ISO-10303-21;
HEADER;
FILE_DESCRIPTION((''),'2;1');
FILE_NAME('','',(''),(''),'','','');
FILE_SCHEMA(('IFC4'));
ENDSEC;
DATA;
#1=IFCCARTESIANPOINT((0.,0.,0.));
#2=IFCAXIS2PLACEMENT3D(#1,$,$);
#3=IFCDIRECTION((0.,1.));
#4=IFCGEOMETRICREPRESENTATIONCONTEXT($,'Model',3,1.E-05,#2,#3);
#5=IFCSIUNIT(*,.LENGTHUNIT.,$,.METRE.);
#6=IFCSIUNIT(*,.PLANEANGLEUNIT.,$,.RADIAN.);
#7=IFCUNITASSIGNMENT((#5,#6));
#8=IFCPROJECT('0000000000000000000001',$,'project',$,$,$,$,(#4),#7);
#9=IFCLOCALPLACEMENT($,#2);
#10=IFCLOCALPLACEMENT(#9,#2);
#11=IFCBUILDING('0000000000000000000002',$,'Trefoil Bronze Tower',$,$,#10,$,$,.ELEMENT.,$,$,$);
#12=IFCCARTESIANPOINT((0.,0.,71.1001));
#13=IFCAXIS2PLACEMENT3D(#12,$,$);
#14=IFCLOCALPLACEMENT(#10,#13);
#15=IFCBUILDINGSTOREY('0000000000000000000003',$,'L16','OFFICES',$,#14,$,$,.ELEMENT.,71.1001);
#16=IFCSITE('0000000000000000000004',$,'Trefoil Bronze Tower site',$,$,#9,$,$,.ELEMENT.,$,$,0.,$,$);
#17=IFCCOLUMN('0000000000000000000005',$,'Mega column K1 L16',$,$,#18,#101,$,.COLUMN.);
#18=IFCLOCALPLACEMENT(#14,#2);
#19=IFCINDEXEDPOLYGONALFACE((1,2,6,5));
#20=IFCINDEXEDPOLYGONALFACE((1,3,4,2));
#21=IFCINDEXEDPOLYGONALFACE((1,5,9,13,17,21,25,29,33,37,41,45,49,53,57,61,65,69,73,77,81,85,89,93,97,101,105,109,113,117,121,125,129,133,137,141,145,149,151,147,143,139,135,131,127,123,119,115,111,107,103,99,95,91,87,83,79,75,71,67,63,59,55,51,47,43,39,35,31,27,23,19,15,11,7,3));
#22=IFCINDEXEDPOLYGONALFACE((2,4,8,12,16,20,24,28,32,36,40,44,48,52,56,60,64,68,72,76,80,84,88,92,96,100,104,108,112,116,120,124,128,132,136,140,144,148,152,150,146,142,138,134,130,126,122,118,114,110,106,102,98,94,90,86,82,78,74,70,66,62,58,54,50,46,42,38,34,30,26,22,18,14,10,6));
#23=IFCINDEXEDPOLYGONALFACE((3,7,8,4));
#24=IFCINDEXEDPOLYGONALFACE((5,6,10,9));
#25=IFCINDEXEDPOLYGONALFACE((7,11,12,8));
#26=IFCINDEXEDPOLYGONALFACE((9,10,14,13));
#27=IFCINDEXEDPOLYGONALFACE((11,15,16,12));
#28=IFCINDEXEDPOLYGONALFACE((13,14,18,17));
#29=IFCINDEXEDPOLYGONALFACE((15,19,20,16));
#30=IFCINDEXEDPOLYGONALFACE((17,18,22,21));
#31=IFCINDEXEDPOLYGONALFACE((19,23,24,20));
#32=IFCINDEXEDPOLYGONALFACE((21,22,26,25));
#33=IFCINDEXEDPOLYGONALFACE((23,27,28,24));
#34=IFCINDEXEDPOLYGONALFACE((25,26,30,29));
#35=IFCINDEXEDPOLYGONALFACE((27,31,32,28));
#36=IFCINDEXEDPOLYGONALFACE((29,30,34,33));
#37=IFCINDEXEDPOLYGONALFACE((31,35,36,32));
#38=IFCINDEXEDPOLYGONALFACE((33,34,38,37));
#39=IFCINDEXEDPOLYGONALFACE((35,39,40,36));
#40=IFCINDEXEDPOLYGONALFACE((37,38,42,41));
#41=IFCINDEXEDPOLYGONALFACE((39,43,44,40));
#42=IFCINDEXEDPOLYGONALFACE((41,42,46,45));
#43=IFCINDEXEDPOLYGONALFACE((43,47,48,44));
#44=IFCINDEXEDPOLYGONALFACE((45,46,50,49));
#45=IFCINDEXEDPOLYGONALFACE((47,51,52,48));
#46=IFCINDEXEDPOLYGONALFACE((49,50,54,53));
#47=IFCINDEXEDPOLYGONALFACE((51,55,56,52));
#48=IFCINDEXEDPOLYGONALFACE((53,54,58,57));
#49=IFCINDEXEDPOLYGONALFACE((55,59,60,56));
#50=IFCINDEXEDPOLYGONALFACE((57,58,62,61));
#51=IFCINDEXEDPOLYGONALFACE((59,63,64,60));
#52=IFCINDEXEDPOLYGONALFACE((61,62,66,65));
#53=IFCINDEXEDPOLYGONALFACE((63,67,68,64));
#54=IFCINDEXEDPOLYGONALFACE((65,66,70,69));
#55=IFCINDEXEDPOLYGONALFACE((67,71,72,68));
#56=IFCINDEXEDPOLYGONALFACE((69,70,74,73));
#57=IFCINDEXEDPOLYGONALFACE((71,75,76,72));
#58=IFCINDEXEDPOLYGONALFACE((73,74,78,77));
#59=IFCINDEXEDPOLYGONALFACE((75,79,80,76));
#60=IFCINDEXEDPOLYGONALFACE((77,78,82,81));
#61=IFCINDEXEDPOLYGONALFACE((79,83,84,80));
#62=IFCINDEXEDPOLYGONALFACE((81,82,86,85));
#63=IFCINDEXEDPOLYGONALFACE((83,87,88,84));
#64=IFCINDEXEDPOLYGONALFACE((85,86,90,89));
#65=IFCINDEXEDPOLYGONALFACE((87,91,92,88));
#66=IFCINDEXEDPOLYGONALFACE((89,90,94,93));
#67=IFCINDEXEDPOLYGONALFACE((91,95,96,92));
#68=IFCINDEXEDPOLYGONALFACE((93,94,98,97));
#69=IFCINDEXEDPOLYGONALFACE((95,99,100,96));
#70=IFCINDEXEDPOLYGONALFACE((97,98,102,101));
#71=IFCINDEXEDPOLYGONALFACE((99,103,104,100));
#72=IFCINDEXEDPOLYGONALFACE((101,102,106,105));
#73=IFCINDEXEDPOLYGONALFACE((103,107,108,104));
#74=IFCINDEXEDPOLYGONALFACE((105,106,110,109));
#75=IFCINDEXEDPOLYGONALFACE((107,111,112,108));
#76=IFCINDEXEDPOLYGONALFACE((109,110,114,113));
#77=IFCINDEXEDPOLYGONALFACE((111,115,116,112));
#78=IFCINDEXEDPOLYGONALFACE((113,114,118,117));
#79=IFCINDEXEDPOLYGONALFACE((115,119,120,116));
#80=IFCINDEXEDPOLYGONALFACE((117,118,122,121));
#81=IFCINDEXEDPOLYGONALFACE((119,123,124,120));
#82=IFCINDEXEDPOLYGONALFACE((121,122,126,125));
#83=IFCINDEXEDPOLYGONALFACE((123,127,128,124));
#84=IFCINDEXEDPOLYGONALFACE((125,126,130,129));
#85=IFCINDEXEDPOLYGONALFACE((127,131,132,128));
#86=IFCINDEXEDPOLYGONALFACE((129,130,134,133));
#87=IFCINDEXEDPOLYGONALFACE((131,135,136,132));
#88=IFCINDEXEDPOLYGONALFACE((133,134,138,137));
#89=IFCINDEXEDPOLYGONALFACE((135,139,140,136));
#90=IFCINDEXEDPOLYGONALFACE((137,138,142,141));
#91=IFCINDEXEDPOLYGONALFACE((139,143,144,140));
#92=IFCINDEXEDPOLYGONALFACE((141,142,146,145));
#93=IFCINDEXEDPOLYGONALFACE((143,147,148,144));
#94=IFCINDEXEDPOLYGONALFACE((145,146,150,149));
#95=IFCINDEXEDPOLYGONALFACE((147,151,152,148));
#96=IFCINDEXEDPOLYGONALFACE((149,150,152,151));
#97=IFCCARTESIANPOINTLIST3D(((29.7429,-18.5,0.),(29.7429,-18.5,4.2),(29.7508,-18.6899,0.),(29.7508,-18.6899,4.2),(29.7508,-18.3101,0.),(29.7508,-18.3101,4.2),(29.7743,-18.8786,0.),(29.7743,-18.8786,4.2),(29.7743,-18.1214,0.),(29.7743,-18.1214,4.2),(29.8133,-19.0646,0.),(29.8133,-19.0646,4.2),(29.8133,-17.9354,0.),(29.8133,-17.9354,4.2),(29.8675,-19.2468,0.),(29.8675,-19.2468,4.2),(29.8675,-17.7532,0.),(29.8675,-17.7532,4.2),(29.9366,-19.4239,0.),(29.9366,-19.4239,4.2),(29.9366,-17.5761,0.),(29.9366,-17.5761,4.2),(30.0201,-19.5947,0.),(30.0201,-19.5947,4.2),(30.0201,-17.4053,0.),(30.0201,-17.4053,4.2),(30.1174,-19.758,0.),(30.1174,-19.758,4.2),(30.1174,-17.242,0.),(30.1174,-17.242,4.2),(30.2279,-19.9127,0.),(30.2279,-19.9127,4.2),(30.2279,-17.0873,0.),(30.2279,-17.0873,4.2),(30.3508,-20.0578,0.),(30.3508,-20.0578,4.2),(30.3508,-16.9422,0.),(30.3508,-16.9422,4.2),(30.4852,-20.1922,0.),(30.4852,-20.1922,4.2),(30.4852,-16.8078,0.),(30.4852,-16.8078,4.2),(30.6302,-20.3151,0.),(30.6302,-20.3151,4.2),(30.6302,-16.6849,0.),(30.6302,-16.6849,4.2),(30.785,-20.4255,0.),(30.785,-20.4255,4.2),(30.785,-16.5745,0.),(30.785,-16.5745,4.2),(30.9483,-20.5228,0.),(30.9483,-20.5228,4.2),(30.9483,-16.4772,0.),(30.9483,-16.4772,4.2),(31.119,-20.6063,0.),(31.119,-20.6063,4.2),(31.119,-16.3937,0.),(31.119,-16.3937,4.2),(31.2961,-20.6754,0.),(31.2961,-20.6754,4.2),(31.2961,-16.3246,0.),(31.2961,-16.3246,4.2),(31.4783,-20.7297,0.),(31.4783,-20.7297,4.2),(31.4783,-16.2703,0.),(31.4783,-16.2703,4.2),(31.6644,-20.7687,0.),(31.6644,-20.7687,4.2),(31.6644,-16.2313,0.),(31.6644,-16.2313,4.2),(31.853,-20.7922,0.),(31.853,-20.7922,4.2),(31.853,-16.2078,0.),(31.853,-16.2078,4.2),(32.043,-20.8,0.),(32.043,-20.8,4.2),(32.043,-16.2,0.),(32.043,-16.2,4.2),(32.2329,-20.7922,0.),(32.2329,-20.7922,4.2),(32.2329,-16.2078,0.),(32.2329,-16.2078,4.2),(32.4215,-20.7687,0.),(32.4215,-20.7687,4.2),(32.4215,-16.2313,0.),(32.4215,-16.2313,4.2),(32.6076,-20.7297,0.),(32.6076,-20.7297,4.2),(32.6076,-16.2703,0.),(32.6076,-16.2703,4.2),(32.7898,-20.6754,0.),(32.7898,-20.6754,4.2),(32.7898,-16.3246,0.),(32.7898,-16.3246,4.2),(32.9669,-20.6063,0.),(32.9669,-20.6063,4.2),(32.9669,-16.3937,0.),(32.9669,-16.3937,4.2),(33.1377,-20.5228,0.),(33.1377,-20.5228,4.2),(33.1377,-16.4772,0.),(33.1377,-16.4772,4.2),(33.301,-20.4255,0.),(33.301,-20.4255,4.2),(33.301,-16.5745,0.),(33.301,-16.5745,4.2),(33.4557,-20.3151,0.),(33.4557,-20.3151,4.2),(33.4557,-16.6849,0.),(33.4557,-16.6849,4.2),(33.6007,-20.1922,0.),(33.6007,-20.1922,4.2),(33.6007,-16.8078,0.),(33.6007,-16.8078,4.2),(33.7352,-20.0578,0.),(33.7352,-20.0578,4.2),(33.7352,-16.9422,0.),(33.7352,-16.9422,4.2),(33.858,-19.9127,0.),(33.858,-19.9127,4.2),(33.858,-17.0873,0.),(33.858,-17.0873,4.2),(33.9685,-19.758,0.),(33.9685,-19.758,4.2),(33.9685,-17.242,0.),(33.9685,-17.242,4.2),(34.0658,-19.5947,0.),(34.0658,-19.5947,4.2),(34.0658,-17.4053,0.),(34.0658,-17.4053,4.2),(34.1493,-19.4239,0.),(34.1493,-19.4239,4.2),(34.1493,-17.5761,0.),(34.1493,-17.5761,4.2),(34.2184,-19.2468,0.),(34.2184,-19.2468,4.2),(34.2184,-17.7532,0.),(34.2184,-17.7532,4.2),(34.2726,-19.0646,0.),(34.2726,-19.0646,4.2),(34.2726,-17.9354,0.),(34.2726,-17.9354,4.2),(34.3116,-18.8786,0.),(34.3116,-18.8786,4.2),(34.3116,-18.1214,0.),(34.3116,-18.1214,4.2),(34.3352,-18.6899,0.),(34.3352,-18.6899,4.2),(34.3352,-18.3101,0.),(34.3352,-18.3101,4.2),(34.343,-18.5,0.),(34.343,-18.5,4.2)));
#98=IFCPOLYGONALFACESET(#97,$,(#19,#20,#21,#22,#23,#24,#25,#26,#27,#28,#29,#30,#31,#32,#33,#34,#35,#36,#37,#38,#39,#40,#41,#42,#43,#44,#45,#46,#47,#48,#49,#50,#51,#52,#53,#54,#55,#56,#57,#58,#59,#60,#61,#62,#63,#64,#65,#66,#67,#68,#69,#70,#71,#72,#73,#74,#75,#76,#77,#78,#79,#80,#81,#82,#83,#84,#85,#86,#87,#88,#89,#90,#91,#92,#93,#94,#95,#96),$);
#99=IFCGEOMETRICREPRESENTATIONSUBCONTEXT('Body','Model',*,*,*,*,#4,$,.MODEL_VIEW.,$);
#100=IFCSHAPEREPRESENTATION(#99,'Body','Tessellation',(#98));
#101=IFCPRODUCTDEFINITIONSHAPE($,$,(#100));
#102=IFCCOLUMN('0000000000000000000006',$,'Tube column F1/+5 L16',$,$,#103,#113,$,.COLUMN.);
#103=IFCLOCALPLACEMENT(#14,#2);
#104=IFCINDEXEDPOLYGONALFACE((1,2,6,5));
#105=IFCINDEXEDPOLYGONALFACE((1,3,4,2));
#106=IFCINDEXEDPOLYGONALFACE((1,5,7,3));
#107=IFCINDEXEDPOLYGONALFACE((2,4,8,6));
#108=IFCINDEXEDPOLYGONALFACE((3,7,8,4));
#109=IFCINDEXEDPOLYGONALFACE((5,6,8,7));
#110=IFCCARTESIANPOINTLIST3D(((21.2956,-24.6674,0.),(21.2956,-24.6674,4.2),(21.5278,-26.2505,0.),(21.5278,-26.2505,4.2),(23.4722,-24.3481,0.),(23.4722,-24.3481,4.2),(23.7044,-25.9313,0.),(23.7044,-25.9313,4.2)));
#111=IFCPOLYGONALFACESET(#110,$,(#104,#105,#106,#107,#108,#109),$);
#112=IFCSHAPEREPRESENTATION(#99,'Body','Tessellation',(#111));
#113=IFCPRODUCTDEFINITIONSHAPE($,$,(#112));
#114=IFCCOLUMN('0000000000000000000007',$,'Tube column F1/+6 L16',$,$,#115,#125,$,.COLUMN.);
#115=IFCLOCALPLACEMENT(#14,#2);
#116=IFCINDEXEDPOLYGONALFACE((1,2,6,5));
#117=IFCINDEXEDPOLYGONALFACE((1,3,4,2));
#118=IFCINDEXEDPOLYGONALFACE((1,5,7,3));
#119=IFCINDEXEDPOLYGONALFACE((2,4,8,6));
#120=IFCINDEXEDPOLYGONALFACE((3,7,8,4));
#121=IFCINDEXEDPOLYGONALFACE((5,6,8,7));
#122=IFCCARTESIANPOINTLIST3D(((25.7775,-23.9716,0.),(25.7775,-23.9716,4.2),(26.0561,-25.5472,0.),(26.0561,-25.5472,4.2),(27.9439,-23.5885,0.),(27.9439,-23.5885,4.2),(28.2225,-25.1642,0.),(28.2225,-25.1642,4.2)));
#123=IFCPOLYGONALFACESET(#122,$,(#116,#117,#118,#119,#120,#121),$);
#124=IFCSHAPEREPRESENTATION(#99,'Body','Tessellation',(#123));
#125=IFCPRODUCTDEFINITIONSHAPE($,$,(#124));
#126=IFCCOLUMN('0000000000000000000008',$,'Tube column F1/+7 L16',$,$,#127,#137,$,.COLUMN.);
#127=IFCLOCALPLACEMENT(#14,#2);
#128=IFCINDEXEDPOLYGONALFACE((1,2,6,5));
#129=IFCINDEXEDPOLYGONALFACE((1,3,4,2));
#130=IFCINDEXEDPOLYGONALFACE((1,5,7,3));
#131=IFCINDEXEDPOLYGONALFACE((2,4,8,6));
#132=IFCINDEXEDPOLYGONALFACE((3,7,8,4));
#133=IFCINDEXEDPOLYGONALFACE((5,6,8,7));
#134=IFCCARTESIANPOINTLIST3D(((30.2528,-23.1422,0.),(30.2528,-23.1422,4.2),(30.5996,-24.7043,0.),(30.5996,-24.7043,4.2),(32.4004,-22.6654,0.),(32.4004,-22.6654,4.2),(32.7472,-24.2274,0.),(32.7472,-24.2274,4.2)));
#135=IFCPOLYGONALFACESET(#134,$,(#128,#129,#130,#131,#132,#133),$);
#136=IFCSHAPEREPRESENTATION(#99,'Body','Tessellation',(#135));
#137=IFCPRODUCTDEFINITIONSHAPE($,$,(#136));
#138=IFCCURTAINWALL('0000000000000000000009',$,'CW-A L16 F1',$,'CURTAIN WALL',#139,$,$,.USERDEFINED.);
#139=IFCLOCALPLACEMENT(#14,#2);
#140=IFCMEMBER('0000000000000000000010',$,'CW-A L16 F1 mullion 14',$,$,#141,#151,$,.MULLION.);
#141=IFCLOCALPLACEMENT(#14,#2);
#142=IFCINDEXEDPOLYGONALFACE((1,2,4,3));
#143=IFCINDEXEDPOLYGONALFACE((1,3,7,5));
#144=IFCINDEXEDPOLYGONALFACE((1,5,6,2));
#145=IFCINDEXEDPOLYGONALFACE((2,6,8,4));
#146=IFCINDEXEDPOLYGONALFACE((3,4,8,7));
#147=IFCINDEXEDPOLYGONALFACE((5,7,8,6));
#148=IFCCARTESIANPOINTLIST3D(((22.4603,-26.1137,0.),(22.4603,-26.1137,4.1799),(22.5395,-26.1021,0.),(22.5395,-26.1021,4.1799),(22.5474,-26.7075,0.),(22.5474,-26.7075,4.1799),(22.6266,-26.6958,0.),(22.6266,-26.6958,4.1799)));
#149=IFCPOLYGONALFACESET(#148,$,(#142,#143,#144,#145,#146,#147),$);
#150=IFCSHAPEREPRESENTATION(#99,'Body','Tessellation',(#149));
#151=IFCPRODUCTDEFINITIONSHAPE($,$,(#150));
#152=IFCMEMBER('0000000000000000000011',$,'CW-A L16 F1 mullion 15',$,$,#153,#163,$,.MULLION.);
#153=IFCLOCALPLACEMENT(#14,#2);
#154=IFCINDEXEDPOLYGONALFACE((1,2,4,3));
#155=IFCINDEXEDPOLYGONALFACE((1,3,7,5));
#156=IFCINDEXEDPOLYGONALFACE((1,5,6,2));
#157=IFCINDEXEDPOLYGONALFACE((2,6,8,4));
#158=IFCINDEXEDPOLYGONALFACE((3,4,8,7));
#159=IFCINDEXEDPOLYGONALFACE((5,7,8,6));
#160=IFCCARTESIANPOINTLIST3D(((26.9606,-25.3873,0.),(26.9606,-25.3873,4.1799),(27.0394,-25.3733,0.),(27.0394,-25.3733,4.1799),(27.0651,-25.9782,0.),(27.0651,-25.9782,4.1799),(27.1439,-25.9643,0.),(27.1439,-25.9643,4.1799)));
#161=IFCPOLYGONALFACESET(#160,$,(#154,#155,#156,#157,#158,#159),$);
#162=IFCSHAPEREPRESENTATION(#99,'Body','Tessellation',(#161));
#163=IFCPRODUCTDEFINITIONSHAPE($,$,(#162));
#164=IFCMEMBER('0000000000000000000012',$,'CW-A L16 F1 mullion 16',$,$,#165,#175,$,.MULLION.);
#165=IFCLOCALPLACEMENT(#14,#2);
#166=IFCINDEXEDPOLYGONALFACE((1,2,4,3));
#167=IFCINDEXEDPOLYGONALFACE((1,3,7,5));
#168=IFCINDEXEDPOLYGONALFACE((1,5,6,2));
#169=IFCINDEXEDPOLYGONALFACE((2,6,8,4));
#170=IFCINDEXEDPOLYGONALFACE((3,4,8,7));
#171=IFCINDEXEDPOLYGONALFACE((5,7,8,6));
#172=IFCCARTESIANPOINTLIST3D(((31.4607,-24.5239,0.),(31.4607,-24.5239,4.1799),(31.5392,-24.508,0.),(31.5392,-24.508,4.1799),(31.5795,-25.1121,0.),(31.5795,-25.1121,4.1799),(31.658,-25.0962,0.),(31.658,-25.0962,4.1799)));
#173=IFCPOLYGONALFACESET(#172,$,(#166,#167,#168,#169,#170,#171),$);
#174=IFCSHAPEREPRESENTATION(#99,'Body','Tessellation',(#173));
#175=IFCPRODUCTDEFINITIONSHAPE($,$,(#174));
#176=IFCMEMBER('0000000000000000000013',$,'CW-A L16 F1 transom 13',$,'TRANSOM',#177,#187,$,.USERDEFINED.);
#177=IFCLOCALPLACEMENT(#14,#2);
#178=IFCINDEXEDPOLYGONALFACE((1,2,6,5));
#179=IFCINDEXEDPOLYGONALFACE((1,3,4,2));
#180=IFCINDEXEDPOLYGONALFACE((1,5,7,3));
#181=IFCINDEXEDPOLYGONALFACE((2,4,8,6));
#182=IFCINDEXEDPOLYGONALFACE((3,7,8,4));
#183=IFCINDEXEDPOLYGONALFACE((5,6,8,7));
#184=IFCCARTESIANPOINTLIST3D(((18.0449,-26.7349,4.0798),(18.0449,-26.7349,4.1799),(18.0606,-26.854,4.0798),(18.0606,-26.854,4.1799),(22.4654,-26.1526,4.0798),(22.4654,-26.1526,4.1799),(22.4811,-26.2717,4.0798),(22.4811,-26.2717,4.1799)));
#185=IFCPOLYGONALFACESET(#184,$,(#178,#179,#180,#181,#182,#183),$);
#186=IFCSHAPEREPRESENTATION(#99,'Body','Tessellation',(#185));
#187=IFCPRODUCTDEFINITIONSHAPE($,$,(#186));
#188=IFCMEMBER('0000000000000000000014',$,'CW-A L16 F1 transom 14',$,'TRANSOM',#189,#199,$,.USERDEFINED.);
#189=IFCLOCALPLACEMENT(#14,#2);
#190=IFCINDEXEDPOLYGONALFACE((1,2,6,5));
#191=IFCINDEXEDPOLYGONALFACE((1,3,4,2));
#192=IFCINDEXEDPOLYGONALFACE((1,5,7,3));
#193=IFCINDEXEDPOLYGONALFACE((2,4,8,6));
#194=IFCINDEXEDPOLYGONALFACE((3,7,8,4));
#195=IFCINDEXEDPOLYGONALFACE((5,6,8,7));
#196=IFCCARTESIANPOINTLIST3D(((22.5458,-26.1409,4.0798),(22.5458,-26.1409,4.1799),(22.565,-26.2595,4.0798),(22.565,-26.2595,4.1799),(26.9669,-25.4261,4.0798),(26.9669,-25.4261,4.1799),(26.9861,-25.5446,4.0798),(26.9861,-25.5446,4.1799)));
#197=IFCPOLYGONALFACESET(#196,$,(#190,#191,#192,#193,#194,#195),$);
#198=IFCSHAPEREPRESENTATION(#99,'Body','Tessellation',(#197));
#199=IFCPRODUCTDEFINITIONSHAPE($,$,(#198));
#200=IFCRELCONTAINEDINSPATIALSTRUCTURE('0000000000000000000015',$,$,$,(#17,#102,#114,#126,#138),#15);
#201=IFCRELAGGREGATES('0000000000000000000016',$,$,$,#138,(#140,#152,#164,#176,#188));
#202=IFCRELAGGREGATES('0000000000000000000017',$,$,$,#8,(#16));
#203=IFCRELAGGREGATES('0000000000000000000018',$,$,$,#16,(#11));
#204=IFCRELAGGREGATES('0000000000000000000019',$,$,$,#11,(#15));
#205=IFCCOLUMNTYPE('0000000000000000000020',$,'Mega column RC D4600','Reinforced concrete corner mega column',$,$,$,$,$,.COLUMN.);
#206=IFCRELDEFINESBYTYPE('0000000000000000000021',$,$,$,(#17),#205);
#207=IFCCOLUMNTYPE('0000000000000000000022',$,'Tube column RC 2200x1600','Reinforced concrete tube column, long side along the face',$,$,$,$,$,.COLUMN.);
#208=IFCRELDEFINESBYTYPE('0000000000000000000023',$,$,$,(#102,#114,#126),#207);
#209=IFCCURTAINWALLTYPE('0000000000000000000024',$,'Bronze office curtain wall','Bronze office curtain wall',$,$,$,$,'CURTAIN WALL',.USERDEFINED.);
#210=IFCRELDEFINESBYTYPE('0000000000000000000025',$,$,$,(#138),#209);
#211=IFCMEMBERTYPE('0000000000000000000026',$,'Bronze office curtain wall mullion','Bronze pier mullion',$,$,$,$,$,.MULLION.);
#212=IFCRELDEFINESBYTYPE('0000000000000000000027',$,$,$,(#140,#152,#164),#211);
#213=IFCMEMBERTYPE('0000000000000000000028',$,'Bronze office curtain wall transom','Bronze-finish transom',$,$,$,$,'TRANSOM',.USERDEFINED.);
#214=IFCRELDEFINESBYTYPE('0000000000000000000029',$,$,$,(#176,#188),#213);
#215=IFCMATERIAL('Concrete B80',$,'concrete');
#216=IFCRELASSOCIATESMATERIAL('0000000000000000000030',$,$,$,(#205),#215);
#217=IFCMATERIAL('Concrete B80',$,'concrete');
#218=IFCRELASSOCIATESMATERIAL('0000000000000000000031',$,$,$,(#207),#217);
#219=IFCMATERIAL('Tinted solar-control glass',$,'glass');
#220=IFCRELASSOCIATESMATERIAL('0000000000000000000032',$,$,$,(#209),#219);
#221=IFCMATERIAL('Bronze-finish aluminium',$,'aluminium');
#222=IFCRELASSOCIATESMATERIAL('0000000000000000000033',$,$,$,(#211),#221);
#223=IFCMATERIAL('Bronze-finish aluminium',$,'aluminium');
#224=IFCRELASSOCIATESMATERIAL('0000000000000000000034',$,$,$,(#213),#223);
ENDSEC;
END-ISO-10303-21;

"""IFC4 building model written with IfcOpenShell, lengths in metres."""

from ifc_helpers import new_model, si_unit, direction, frame, origin, origin_2d, place, context, subcontext, project, spatial, rectangle, circle, extrude, material, material_profile, profile_set, type_object, element, aggregate, save


model = new_model("IFC4")

# Units and contexts
model_context = context("Model", 3, precision=1e-05, world=origin(), true_north=direction((0.0, 1.0)))
body_context = subcontext(model_context, "Body", "Model", "MODEL_VIEW")
ifc_project = project(units=[si_unit("LENGTHUNIT", "METRE"), si_unit("PLANEANGLEUNIT", "RADIAN")], contexts=[model_context])

# Site, building, storey
site_placement = place(None, origin())
site = spatial("IfcSite", under=ifc_project, at=site_placement, Name="Trefoil Bronze Tower site", CompositionType="ELEMENT", RefElevation=0.0)
building_placement = place(site_placement, origin())
building = spatial("IfcBuilding", under=site, at=building_placement, Name="Trefoil Bronze Tower", CompositionType="ELEMENT")
storey_placement = place(building_placement, frame((0.0, 0.0, 71.1001)))
storey = spatial("IfcBuildingStorey", under=building, at=storey_placement, Name="L16", Description="OFFICES", CompositionType="ELEMENT", Elevation=71.1001)

# Columns
ifc_material_1 = material(Name="Concrete B80", Category="concrete")
ifc_material_profile_1 = material_profile(ifc_material_1, circle(Radius=2.3, at=origin_2d()), Name="RC D4600")
ifc_profile_set_1 = profile_set([ifc_material_profile_1], Name="Concrete B80")
column_type_1 = type_object("IfcColumnType", Name="Mega column RC D4600", Description="Reinforced concrete corner mega column", PredefinedType="COLUMN", material=ifc_profile_set_1)
column_placement = place(storey_placement, frame((32.043, -18.5, 0.0), z_axis=(0.0, 0.0, 1.0), x_axis=(1.0, 0.0, 0.0)))
element("IfcColumn", 1, at=column_placement, inside=storey, type_object=column_type_1, Name="Mega column K1 L16", PredefinedType="COLUMN", context=body_context, shape_type="SweptSolid", body=[
    extrude(circle(Radius=2.3, at=origin_2d()), origin(), (0.0, 0.0, 1.0), 4.2),
])
ifc_material_2 = material(Name="Concrete B80", Category="concrete")
ifc_material_profile_2 = material_profile(ifc_material_2, rectangle(XDim=2.2, YDim=1.6001, at=origin_2d()), Name="RC 2200x1600")
ifc_profile_set_2 = profile_set([ifc_material_profile_2], Name="Concrete B80")
column_type_2 = type_object("IfcColumnType", Name="Tube column RC 2200x1600", Description="Reinforced concrete tube column, long side along the face", PredefinedType="COLUMN", material=ifc_profile_set_2)
for number, where, z_axis, x_axis, name in (
    (2, (22.5, -25.2993, 0.0), (0.0, 0.0, 1.0), (0.989416, 0.145109, 0.0), "Tube column F1/+5 L16"),
    (3, (27.0, -24.5679, 0.0), (0.0, 0.0, 1.0), (0.984722, 0.174131, 0.0), "Tube column F1/+6 L16"),
    (4, (31.5, -23.6848, 0.0), (0.0, 0.0, 1.0), (0.97623, 0.216739, 0.0), "Tube column F1/+7 L16"),
):
    element("IfcColumn", number, at=place(storey_placement, frame(where, z_axis=z_axis, x_axis=x_axis)), inside=storey, type_object=column_type_2, Name=name, PredefinedType="COLUMN", context=body_context, shape_type="SweptSolid", body=[
        extrude(rectangle(XDim=2.2, YDim=1.6001, at=origin_2d()), origin(), (0.0, 0.0, 1.0), 4.2),
    ])

# Curtain wall, members
ifc_material_3 = material(Name="Tinted solar-control glass", Category="glass")
curtain_wall_type_1 = type_object("IfcCurtainWallType", Name="Bronze office curtain wall", Description="Bronze office curtain wall", ElementType="CURTAIN WALL", PredefinedType="USERDEFINED", material=ifc_material_3)
curtain_wall_1_placement = place(storey_placement, origin())
curtain_wall_1 = element("IfcCurtainWall", 5, at=curtain_wall_1_placement, inside=storey, type_object=curtain_wall_type_1, Name="CW-A L16 F1", ObjectType="CURTAIN WALL", PredefinedType="USERDEFINED")
ifc_material_4 = material(Name="Bronze-finish aluminium", Category="aluminium")
ifc_material_profile_3 = material_profile(ifc_material_4, rectangle(XDim=0.6001, YDim=0.0801, at=origin_2d()), Name="CW-A mullion")
ifc_profile_set_3 = profile_set([ifc_material_profile_3], Name="Bronze-finish aluminium")
member_type_1 = type_object("IfcMemberType", Name="Bronze office curtain wall mullion", Description="Bronze pier mullion", PredefinedType="MULLION", material=ifc_profile_set_3)
member_1_placement = place(storey_placement, frame((22.5435, -26.4048, 0.0), z_axis=(0.0, 0.0, 1.0), x_axis=(-0.145109, 0.989416, 0.0)))
member_1 = element("IfcMember", 6, at=member_1_placement, type_object=member_type_1, Name="CW-A L16 F1 mullion 14", PredefinedType="MULLION", context=body_context, shape_type="SweptSolid", body=[
    extrude(rectangle(XDim=0.6001, YDim=0.0801, at=origin_2d()), origin(), (0.0, 0.0, 1.0), 4.1799),
])
member_2_placement = place(storey_placement, frame((27.0522, -25.6758, 0.0), z_axis=(0.0, 0.0, 1.0), x_axis=(-0.174131, 0.984722, 0.0)))
member_2 = element("IfcMember", 7, at=member_2_placement, type_object=member_type_1, Name="CW-A L16 F1 mullion 15", PredefinedType="MULLION", context=body_context, shape_type="SweptSolid", body=[
    extrude(rectangle(XDim=0.6001, YDim=0.0801, at=origin_2d()), origin(), (0.0, 0.0, 1.0), 4.1799),
])
member_3_placement = place(storey_placement, frame((31.5593, -24.8101, 0.0), z_axis=(0.0, 0.0, 1.0), x_axis=(-0.19791, 0.98022, 0.0)))
member_3 = element("IfcMember", 8, at=member_3_placement, type_object=member_type_1, Name="CW-A L16 F1 mullion 16", PredefinedType="MULLION", context=body_context, shape_type="SweptSolid", body=[
    extrude(rectangle(XDim=0.6001, YDim=0.0801, at=origin_2d()), origin(), (0.0, 0.0, 1.0), 4.1799),
])
ifc_material_5 = material(Name="Bronze-finish aluminium", Category="aluminium")
ifc_material_profile_4 = material_profile(ifc_material_5, rectangle(XDim=0.1201, YDim=0.1001, at=origin_2d()), Name="CW-A transom")
ifc_profile_set_4 = profile_set([ifc_material_profile_4], Name="Bronze-finish aluminium")
member_type_2 = type_object("IfcMemberType", Name="Bronze office curtain wall transom", Description="Bronze-finish transom", ElementType="TRANSOM", PredefinedType="USERDEFINED", material=ifc_profile_set_4)
member_4_placement = place(storey_placement, frame((18.0527, -26.7944, 4.1299), z_axis=(0.991437, 0.130589, 0.0), x_axis=(-0.130589, 0.991437, 0.0)))
member_4 = element("IfcMember", 9, at=member_4_placement, type_object=member_type_2, Name="CW-A L16 F1 transom 13", ObjectType="TRANSOM", PredefinedType="USERDEFINED", context=body_context, shape_type="SweptSolid", body=[
    extrude(rectangle(XDim=0.1201, YDim=0.1001, at=origin_2d()), origin(), (0.0, 0.0, 1.0), 4.4587),
])
member_5_placement = place(storey_placement, frame((22.5554, -26.2002, 4.1299), z_axis=(0.987179, 0.159615, 0.0), x_axis=(-0.159615, 0.987179, 0.0)))
member_5 = element("IfcMember", 10, at=member_5_placement, type_object=member_type_2, Name="CW-A L16 F1 transom 14", ObjectType="TRANSOM", PredefinedType="USERDEFINED", context=body_context, shape_type="SweptSolid", body=[
    extrude(rectangle(XDim=0.1201, YDim=0.1001, at=origin_2d()), origin(), (0.0, 0.0, 1.0), 4.4785),
])

aggregate(curtain_wall_1, [member_1, member_2, member_3, member_4, member_5])

save(model, "model.ifc")
